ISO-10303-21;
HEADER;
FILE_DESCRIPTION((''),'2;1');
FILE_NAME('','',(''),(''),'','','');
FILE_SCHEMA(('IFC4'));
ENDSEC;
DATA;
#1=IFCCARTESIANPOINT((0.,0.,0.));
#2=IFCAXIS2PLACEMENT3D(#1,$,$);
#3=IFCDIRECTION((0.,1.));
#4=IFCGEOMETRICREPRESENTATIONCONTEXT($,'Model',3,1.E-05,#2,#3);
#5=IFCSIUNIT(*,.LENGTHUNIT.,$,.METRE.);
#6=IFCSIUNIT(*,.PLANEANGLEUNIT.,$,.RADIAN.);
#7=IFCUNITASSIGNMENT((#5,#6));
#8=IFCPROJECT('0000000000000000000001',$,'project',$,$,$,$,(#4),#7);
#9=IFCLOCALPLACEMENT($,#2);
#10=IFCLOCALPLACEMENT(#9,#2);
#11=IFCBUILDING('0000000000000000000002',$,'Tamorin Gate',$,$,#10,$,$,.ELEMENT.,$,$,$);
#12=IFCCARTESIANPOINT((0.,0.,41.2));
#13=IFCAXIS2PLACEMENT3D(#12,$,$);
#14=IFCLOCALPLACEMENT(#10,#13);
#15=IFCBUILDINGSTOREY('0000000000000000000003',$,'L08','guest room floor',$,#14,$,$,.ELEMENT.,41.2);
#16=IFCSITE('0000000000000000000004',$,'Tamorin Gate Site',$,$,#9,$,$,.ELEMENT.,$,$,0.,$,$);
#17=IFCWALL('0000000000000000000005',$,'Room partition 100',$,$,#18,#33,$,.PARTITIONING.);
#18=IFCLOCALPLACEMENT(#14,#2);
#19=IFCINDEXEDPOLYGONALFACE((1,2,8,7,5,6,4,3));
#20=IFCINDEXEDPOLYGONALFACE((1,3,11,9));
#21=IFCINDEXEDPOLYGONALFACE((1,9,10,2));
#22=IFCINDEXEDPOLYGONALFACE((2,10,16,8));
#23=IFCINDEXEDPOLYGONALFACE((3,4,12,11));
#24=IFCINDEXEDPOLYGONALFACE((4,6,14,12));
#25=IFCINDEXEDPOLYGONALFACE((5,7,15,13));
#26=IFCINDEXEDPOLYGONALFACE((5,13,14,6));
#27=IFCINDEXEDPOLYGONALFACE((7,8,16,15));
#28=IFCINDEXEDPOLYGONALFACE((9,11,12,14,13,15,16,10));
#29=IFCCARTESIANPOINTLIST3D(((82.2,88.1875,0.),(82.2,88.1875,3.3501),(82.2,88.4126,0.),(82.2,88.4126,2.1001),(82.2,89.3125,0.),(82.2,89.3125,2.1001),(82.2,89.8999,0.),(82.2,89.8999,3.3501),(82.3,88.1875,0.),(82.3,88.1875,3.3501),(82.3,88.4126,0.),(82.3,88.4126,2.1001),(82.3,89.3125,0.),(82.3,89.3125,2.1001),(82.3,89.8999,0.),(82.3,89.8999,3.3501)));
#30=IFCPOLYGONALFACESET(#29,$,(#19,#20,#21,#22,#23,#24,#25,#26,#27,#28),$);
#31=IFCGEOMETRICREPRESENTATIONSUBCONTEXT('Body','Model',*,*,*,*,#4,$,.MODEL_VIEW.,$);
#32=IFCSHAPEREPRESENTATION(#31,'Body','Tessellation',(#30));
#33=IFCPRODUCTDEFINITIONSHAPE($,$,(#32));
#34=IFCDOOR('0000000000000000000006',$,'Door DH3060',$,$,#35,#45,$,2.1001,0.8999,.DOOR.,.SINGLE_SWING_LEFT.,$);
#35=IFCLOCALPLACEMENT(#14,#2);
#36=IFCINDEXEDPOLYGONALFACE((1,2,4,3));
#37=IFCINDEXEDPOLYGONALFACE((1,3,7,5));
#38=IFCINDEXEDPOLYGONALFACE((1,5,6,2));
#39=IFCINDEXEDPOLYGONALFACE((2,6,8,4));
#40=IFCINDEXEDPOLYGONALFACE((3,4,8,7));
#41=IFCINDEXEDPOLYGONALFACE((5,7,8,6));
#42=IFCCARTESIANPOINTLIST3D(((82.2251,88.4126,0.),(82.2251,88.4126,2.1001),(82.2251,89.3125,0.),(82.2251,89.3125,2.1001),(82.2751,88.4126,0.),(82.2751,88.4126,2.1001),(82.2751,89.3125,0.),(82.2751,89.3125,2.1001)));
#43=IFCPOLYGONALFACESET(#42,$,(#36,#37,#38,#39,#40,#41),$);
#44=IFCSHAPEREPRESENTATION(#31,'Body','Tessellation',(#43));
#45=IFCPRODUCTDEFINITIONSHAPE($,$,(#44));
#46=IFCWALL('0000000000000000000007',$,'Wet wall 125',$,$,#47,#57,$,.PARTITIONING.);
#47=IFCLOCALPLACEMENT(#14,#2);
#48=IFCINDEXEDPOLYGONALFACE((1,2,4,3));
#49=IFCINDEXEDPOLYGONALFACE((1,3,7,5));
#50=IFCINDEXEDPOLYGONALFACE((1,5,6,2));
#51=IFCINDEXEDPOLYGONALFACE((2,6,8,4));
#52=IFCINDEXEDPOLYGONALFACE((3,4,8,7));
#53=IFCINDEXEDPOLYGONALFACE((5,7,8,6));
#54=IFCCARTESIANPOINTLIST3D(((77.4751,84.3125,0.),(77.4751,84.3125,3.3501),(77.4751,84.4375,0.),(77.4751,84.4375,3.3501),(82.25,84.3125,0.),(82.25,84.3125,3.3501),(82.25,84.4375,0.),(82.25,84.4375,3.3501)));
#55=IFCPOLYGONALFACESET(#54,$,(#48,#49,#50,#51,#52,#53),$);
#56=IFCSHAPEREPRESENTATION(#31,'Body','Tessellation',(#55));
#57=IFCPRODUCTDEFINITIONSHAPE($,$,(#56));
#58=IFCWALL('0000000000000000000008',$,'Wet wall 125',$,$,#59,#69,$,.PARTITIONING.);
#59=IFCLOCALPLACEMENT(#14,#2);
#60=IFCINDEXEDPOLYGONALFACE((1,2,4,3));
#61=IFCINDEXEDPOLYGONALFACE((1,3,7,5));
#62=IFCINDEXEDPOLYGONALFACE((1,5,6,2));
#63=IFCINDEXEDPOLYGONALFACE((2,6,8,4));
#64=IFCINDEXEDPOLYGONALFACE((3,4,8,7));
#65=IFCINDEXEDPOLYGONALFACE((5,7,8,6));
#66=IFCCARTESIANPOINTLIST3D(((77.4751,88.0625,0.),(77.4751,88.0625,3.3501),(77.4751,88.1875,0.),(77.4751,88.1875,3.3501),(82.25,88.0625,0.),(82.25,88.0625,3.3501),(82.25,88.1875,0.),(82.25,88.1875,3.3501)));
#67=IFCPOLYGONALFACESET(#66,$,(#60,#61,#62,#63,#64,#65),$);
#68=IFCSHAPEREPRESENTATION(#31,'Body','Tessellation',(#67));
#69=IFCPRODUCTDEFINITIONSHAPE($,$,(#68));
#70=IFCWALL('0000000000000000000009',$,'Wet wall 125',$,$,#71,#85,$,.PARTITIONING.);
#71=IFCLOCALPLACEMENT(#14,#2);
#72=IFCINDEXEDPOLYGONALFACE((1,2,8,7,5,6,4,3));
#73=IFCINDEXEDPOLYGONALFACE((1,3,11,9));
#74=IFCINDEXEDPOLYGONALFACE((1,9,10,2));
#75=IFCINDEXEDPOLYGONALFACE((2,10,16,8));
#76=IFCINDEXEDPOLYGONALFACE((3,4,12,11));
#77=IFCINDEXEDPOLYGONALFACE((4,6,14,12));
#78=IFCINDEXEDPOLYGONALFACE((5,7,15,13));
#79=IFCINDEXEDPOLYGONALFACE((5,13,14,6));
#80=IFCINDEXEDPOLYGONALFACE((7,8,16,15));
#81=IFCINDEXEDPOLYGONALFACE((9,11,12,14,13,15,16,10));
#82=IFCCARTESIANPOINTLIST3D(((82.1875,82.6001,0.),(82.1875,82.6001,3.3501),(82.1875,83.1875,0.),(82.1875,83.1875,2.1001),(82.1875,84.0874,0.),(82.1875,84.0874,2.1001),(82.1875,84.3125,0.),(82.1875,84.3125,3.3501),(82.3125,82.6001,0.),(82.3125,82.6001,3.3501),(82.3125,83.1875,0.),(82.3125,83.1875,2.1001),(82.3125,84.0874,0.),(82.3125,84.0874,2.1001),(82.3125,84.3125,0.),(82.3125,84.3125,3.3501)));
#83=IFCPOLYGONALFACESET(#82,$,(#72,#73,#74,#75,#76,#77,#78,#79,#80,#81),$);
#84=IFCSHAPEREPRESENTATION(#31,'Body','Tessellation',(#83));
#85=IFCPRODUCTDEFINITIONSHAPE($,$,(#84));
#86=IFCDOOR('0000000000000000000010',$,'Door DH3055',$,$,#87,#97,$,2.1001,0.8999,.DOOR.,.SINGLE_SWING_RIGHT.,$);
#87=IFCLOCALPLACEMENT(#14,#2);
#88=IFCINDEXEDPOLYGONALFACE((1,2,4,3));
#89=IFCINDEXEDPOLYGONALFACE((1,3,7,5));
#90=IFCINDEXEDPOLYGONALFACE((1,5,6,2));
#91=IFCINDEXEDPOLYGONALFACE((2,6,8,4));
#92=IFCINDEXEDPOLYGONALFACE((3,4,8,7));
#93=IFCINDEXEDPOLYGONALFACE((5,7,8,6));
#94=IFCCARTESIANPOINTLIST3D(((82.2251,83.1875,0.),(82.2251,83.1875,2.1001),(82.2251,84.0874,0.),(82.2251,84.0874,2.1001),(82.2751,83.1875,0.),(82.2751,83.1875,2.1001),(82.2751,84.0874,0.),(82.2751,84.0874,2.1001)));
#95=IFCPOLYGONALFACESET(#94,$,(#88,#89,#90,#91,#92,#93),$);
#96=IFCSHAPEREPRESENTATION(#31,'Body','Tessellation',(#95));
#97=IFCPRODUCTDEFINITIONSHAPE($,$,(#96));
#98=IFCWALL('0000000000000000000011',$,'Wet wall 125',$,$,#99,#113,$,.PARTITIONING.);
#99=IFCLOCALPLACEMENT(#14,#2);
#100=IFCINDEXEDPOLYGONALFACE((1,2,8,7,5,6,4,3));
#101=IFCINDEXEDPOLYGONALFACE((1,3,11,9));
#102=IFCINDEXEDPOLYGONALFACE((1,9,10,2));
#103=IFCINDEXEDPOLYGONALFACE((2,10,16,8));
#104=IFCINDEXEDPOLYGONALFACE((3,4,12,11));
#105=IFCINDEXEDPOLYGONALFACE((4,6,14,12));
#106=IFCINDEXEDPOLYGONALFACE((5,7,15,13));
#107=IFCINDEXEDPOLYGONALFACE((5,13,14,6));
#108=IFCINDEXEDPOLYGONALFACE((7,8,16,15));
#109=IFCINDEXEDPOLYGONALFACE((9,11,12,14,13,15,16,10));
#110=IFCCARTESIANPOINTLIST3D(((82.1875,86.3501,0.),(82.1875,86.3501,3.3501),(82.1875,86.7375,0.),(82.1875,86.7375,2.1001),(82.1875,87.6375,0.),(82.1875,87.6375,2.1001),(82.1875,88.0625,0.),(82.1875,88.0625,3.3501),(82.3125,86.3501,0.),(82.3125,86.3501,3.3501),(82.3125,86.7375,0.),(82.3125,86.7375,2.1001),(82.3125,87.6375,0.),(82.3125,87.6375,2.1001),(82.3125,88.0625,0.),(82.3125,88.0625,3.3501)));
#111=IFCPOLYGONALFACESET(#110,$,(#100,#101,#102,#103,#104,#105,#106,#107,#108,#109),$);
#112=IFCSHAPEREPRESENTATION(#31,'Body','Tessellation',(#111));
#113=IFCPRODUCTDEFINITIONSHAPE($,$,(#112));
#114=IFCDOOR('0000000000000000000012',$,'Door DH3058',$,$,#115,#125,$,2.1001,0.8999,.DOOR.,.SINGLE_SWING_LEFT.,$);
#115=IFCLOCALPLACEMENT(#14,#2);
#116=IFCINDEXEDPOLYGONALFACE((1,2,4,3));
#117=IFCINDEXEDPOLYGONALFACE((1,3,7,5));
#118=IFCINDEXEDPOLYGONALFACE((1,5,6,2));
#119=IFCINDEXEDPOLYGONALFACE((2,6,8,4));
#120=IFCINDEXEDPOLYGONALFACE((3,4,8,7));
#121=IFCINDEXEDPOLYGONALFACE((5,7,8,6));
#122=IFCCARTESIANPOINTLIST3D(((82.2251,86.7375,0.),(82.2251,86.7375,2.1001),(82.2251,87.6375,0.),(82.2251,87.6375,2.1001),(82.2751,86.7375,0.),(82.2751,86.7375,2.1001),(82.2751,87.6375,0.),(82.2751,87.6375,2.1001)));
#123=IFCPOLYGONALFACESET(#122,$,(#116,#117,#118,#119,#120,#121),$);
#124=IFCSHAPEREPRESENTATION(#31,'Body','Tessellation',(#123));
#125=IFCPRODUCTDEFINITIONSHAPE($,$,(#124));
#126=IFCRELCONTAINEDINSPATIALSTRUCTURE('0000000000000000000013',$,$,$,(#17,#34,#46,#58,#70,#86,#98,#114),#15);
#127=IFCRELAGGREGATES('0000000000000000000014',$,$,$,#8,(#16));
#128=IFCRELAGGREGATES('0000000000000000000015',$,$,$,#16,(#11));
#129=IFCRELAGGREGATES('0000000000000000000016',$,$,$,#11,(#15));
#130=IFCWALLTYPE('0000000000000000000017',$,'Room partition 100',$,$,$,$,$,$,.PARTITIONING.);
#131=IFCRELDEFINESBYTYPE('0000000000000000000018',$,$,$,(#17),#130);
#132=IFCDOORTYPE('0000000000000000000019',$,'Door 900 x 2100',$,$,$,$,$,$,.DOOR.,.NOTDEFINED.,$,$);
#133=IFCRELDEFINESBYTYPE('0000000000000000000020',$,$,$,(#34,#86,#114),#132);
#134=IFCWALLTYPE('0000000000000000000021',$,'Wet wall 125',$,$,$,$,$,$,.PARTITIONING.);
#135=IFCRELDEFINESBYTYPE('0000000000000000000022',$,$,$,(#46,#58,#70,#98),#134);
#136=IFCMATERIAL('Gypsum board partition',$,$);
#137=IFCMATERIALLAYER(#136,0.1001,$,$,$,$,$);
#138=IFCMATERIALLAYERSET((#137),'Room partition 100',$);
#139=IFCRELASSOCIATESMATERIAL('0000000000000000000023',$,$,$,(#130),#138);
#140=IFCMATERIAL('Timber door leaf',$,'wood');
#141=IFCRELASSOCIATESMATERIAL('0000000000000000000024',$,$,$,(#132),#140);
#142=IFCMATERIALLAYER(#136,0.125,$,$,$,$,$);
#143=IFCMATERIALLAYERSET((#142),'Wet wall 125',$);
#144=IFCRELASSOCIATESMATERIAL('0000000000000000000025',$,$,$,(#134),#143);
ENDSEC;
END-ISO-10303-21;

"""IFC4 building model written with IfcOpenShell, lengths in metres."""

from ifc_helpers import new_model, si_unit, direction, frame, frame_2d, origin, place, context, subcontext, project, spatial, rectangle, extrude, material, layer, layer_set, type_object, element, fill, save


model = new_model("IFC4")

# Units and contexts
model_context = context("Model", 3, precision=1e-05, world=origin(), true_north=direction((0.0, 1.0)))
body_context = subcontext(model_context, "Body", "Model", "MODEL_VIEW")
ifc_project = project(units=[si_unit("LENGTHUNIT", "METRE"), si_unit("PLANEANGLEUNIT", "RADIAN")], contexts=[model_context])

# Site, building, storey
site_placement = place(None, origin())
site = spatial("IfcSite", under=ifc_project, at=site_placement, Name="Tamorin Gate Site", CompositionType="ELEMENT", RefElevation=0.0)
building_placement = place(site_placement, origin())
building = spatial("IfcBuilding", under=site, at=building_placement, Name="Tamorin Gate", CompositionType="ELEMENT")
storey_placement = place(building_placement, frame((0.0, 0.0, 41.2)))
storey = spatial("IfcBuildingStorey", under=building, at=storey_placement, Name="L08", Description="guest room floor", CompositionType="ELEMENT", Elevation=41.2)

# Shared definitions
ifc_material_1 = material(Name="Gypsum board partition")

# Wall, opening, door
ifc_layer_1 = layer(ifc_material_1, 0.1001)
ifc_layer_set_1 = layer_set([ifc_layer_1], Name="Room partition 100")
wall_type_1 = type_object("IfcWallType", Name="Room partition 100", PredefinedType="PARTITIONING", material=ifc_layer_set_1)
ifc_material_2 = material(Name="Timber door leaf", Category="wood")
door_type = type_object("IfcDoorType", Name="Door 900 x 2100", OperationType="NOTDEFINED", PredefinedType="DOOR", material=ifc_material_2)
wall_1_placement = place(storey_placement, frame((82.25, 88.1875, 0.0), z_axis=(0.0, 0.0, 1.0), x_axis=(0.0, 1.0, 0.0)))
wall_1 = element("IfcWall", 1, at=wall_1_placement, inside=storey, type_object=wall_type_1, Name="Room partition 100", PredefinedType="PARTITIONING", context=body_context, shape_type="SweptSolid", body=[
    extrude(rectangle(XDim=1.7124, YDim=0.1001, at=frame_2d((0.8562, 0.0))), origin(), (0.0, 0.0, 1.0), 3.3501),
])
opening_1_placement = place(wall_1_placement, frame((0.2251, 0.0, 0.0)))
opening_1 = element("IfcOpeningElement", 2, at=opening_1_placement, cuts=wall_1, PredefinedType="OPENING", context=body_context, shape_type="SweptSolid", body=[
    extrude(rectangle(XDim=0.8999, YDim=2.1001, at=frame_2d((0.45, 1.05))), frame((0.0, 0.0601, 0.0), z_axis=(0.0, -1.0, 0.0), x_axis=(1.0, 0.0, 0.0)), (0.0, 0.0, 1.0), 0.1201),
])
door_1_placement = place(opening_1_placement, origin())
door_1 = element("IfcDoor", 3, at=door_1_placement, inside=storey, type_object=door_type, Name="Door DH3060", OperationType="SINGLE_SWING_LEFT", OverallHeight=2.1001, OverallWidth=0.8999, PredefinedType="DOOR", context=body_context, shape_type="SweptSolid", body=[
    extrude(rectangle(XDim=0.8999, YDim=2.1001, at=frame_2d((0.45, 1.05))), frame((0.0, 0.0249, 0.0), z_axis=(0.0, -1.0, 0.0), x_axis=(1.0, 0.0, 0.0)), (0.0, 0.0, 1.0), 0.05),
])
fill(opening_1, door_1)

# Walls
ifc_layer_2 = layer(ifc_material_1, 0.125)
ifc_layer_set_2 = layer_set([ifc_layer_2], Name="Wet wall 125")
wall_type_2 = type_object("IfcWallType", Name="Wet wall 125", PredefinedType="PARTITIONING", material=ifc_layer_set_2)
for number, where, z_axis, x_axis, name in (
    (4, (77.4751, 84.375, 0.0), (0.0, 0.0, 1.0), (1.0, 0.0, 0.0), "Wet wall 125"),
    (5, (77.4751, 88.125, 0.0), (0.0, 0.0, 1.0), (1.0, 0.0, 0.0), "Wet wall 125"),
):
    element("IfcWall", number, at=place(storey_placement, frame(where, z_axis=z_axis, x_axis=x_axis)), inside=storey, type_object=wall_type_2, Name=name, PredefinedType="PARTITIONING", context=body_context, shape_type="SweptSolid", body=[
        extrude(rectangle(XDim=4.7749, YDim=0.125, at=frame_2d((2.3875, 0.0))), origin(), (0.0, 0.0, 1.0), 3.3501),
    ])

# Walls, openings, doors
wall_2_placement = place(storey_placement, frame((82.25, 82.6001, 0.0), z_axis=(0.0, 0.0, 1.0), x_axis=(0.0, 1.0, 0.0)))
wall_2 = element("IfcWall", 6, at=wall_2_placement, inside=storey, type_object=wall_type_2, Name="Wet wall 125", PredefinedType="PARTITIONING", context=body_context, shape_type="SweptSolid", body=[
    extrude(rectangle(XDim=1.7124, YDim=0.125, at=frame_2d((0.8562, 0.0))), origin(), (0.0, 0.0, 1.0), 3.3501),
])
opening_2_placement = place(wall_2_placement, frame((0.5874, 0.0, 0.0)))
opening_2 = element("IfcOpeningElement", 7, at=opening_2_placement, cuts=wall_2, PredefinedType="OPENING", context=body_context, shape_type="SweptSolid", body=[
    extrude(rectangle(XDim=0.8999, YDim=2.1001, at=frame_2d((0.45, 1.05))), frame((0.0, 0.0725, 0.0), z_axis=(0.0, -1.0, 0.0), x_axis=(1.0, 0.0, 0.0)), (0.0, 0.0, 1.0), 0.145),
])
door_2_placement = place(opening_2_placement, origin())
door_2 = element("IfcDoor", 8, at=door_2_placement, inside=storey, type_object=door_type, Name="Door DH3055", OperationType="SINGLE_SWING_RIGHT", OverallHeight=2.1001, OverallWidth=0.8999, PredefinedType="DOOR", context=body_context, shape_type="SweptSolid", body=[
    extrude(rectangle(XDim=0.8999, YDim=2.1001, at=frame_2d((0.45, 1.05))), frame((0.0, 0.0249, 0.0), z_axis=(0.0, -1.0, 0.0), x_axis=(1.0, 0.0, 0.0)), (0.0, 0.0, 1.0), 0.05),
])
fill(opening_2, door_2)
wall_3_placement = place(storey_placement, frame((82.25, 86.3501, 0.0), z_axis=(0.0, 0.0, 1.0), x_axis=(0.0, 1.0, 0.0)))
wall_3 = element("IfcWall", 9, at=wall_3_placement, inside=storey, type_object=wall_type_2, Name="Wet wall 125", PredefinedType="PARTITIONING", context=body_context, shape_type="SweptSolid", body=[
    extrude(rectangle(XDim=1.7124, YDim=0.125, at=frame_2d((0.8562, 0.0))), origin(), (0.0, 0.0, 1.0), 3.3501),
])
opening_3_placement = place(wall_3_placement, frame((0.3875, 0.0, 0.0)))
opening_3 = element("IfcOpeningElement", 10, at=opening_3_placement, cuts=wall_3, PredefinedType="OPENING", context=body_context, shape_type="SweptSolid", body=[
    extrude(rectangle(XDim=0.8999, YDim=2.1001, at=frame_2d((0.45, 1.05))), frame((0.0, 0.0725, 0.0), z_axis=(0.0, -1.0, 0.0), x_axis=(1.0, 0.0, 0.0)), (0.0, 0.0, 1.0), 0.145),
])
door_3_placement = place(opening_3_placement, origin())
door_3 = element("IfcDoor", 11, at=door_3_placement, inside=storey, type_object=door_type, Name="Door DH3058", OperationType="SINGLE_SWING_LEFT", OverallHeight=2.1001, OverallWidth=0.8999, PredefinedType="DOOR", context=body_context, shape_type="SweptSolid", body=[
    extrude(rectangle(XDim=0.8999, YDim=2.1001, at=frame_2d((0.45, 1.05))), frame((0.0, 0.0249, 0.0), z_axis=(0.0, -1.0, 0.0), x_axis=(1.0, 0.0, 0.0)), (0.0, 0.0, 1.0), 0.05),
])
fill(opening_3, door_3)

save(model, "model.ifc")
